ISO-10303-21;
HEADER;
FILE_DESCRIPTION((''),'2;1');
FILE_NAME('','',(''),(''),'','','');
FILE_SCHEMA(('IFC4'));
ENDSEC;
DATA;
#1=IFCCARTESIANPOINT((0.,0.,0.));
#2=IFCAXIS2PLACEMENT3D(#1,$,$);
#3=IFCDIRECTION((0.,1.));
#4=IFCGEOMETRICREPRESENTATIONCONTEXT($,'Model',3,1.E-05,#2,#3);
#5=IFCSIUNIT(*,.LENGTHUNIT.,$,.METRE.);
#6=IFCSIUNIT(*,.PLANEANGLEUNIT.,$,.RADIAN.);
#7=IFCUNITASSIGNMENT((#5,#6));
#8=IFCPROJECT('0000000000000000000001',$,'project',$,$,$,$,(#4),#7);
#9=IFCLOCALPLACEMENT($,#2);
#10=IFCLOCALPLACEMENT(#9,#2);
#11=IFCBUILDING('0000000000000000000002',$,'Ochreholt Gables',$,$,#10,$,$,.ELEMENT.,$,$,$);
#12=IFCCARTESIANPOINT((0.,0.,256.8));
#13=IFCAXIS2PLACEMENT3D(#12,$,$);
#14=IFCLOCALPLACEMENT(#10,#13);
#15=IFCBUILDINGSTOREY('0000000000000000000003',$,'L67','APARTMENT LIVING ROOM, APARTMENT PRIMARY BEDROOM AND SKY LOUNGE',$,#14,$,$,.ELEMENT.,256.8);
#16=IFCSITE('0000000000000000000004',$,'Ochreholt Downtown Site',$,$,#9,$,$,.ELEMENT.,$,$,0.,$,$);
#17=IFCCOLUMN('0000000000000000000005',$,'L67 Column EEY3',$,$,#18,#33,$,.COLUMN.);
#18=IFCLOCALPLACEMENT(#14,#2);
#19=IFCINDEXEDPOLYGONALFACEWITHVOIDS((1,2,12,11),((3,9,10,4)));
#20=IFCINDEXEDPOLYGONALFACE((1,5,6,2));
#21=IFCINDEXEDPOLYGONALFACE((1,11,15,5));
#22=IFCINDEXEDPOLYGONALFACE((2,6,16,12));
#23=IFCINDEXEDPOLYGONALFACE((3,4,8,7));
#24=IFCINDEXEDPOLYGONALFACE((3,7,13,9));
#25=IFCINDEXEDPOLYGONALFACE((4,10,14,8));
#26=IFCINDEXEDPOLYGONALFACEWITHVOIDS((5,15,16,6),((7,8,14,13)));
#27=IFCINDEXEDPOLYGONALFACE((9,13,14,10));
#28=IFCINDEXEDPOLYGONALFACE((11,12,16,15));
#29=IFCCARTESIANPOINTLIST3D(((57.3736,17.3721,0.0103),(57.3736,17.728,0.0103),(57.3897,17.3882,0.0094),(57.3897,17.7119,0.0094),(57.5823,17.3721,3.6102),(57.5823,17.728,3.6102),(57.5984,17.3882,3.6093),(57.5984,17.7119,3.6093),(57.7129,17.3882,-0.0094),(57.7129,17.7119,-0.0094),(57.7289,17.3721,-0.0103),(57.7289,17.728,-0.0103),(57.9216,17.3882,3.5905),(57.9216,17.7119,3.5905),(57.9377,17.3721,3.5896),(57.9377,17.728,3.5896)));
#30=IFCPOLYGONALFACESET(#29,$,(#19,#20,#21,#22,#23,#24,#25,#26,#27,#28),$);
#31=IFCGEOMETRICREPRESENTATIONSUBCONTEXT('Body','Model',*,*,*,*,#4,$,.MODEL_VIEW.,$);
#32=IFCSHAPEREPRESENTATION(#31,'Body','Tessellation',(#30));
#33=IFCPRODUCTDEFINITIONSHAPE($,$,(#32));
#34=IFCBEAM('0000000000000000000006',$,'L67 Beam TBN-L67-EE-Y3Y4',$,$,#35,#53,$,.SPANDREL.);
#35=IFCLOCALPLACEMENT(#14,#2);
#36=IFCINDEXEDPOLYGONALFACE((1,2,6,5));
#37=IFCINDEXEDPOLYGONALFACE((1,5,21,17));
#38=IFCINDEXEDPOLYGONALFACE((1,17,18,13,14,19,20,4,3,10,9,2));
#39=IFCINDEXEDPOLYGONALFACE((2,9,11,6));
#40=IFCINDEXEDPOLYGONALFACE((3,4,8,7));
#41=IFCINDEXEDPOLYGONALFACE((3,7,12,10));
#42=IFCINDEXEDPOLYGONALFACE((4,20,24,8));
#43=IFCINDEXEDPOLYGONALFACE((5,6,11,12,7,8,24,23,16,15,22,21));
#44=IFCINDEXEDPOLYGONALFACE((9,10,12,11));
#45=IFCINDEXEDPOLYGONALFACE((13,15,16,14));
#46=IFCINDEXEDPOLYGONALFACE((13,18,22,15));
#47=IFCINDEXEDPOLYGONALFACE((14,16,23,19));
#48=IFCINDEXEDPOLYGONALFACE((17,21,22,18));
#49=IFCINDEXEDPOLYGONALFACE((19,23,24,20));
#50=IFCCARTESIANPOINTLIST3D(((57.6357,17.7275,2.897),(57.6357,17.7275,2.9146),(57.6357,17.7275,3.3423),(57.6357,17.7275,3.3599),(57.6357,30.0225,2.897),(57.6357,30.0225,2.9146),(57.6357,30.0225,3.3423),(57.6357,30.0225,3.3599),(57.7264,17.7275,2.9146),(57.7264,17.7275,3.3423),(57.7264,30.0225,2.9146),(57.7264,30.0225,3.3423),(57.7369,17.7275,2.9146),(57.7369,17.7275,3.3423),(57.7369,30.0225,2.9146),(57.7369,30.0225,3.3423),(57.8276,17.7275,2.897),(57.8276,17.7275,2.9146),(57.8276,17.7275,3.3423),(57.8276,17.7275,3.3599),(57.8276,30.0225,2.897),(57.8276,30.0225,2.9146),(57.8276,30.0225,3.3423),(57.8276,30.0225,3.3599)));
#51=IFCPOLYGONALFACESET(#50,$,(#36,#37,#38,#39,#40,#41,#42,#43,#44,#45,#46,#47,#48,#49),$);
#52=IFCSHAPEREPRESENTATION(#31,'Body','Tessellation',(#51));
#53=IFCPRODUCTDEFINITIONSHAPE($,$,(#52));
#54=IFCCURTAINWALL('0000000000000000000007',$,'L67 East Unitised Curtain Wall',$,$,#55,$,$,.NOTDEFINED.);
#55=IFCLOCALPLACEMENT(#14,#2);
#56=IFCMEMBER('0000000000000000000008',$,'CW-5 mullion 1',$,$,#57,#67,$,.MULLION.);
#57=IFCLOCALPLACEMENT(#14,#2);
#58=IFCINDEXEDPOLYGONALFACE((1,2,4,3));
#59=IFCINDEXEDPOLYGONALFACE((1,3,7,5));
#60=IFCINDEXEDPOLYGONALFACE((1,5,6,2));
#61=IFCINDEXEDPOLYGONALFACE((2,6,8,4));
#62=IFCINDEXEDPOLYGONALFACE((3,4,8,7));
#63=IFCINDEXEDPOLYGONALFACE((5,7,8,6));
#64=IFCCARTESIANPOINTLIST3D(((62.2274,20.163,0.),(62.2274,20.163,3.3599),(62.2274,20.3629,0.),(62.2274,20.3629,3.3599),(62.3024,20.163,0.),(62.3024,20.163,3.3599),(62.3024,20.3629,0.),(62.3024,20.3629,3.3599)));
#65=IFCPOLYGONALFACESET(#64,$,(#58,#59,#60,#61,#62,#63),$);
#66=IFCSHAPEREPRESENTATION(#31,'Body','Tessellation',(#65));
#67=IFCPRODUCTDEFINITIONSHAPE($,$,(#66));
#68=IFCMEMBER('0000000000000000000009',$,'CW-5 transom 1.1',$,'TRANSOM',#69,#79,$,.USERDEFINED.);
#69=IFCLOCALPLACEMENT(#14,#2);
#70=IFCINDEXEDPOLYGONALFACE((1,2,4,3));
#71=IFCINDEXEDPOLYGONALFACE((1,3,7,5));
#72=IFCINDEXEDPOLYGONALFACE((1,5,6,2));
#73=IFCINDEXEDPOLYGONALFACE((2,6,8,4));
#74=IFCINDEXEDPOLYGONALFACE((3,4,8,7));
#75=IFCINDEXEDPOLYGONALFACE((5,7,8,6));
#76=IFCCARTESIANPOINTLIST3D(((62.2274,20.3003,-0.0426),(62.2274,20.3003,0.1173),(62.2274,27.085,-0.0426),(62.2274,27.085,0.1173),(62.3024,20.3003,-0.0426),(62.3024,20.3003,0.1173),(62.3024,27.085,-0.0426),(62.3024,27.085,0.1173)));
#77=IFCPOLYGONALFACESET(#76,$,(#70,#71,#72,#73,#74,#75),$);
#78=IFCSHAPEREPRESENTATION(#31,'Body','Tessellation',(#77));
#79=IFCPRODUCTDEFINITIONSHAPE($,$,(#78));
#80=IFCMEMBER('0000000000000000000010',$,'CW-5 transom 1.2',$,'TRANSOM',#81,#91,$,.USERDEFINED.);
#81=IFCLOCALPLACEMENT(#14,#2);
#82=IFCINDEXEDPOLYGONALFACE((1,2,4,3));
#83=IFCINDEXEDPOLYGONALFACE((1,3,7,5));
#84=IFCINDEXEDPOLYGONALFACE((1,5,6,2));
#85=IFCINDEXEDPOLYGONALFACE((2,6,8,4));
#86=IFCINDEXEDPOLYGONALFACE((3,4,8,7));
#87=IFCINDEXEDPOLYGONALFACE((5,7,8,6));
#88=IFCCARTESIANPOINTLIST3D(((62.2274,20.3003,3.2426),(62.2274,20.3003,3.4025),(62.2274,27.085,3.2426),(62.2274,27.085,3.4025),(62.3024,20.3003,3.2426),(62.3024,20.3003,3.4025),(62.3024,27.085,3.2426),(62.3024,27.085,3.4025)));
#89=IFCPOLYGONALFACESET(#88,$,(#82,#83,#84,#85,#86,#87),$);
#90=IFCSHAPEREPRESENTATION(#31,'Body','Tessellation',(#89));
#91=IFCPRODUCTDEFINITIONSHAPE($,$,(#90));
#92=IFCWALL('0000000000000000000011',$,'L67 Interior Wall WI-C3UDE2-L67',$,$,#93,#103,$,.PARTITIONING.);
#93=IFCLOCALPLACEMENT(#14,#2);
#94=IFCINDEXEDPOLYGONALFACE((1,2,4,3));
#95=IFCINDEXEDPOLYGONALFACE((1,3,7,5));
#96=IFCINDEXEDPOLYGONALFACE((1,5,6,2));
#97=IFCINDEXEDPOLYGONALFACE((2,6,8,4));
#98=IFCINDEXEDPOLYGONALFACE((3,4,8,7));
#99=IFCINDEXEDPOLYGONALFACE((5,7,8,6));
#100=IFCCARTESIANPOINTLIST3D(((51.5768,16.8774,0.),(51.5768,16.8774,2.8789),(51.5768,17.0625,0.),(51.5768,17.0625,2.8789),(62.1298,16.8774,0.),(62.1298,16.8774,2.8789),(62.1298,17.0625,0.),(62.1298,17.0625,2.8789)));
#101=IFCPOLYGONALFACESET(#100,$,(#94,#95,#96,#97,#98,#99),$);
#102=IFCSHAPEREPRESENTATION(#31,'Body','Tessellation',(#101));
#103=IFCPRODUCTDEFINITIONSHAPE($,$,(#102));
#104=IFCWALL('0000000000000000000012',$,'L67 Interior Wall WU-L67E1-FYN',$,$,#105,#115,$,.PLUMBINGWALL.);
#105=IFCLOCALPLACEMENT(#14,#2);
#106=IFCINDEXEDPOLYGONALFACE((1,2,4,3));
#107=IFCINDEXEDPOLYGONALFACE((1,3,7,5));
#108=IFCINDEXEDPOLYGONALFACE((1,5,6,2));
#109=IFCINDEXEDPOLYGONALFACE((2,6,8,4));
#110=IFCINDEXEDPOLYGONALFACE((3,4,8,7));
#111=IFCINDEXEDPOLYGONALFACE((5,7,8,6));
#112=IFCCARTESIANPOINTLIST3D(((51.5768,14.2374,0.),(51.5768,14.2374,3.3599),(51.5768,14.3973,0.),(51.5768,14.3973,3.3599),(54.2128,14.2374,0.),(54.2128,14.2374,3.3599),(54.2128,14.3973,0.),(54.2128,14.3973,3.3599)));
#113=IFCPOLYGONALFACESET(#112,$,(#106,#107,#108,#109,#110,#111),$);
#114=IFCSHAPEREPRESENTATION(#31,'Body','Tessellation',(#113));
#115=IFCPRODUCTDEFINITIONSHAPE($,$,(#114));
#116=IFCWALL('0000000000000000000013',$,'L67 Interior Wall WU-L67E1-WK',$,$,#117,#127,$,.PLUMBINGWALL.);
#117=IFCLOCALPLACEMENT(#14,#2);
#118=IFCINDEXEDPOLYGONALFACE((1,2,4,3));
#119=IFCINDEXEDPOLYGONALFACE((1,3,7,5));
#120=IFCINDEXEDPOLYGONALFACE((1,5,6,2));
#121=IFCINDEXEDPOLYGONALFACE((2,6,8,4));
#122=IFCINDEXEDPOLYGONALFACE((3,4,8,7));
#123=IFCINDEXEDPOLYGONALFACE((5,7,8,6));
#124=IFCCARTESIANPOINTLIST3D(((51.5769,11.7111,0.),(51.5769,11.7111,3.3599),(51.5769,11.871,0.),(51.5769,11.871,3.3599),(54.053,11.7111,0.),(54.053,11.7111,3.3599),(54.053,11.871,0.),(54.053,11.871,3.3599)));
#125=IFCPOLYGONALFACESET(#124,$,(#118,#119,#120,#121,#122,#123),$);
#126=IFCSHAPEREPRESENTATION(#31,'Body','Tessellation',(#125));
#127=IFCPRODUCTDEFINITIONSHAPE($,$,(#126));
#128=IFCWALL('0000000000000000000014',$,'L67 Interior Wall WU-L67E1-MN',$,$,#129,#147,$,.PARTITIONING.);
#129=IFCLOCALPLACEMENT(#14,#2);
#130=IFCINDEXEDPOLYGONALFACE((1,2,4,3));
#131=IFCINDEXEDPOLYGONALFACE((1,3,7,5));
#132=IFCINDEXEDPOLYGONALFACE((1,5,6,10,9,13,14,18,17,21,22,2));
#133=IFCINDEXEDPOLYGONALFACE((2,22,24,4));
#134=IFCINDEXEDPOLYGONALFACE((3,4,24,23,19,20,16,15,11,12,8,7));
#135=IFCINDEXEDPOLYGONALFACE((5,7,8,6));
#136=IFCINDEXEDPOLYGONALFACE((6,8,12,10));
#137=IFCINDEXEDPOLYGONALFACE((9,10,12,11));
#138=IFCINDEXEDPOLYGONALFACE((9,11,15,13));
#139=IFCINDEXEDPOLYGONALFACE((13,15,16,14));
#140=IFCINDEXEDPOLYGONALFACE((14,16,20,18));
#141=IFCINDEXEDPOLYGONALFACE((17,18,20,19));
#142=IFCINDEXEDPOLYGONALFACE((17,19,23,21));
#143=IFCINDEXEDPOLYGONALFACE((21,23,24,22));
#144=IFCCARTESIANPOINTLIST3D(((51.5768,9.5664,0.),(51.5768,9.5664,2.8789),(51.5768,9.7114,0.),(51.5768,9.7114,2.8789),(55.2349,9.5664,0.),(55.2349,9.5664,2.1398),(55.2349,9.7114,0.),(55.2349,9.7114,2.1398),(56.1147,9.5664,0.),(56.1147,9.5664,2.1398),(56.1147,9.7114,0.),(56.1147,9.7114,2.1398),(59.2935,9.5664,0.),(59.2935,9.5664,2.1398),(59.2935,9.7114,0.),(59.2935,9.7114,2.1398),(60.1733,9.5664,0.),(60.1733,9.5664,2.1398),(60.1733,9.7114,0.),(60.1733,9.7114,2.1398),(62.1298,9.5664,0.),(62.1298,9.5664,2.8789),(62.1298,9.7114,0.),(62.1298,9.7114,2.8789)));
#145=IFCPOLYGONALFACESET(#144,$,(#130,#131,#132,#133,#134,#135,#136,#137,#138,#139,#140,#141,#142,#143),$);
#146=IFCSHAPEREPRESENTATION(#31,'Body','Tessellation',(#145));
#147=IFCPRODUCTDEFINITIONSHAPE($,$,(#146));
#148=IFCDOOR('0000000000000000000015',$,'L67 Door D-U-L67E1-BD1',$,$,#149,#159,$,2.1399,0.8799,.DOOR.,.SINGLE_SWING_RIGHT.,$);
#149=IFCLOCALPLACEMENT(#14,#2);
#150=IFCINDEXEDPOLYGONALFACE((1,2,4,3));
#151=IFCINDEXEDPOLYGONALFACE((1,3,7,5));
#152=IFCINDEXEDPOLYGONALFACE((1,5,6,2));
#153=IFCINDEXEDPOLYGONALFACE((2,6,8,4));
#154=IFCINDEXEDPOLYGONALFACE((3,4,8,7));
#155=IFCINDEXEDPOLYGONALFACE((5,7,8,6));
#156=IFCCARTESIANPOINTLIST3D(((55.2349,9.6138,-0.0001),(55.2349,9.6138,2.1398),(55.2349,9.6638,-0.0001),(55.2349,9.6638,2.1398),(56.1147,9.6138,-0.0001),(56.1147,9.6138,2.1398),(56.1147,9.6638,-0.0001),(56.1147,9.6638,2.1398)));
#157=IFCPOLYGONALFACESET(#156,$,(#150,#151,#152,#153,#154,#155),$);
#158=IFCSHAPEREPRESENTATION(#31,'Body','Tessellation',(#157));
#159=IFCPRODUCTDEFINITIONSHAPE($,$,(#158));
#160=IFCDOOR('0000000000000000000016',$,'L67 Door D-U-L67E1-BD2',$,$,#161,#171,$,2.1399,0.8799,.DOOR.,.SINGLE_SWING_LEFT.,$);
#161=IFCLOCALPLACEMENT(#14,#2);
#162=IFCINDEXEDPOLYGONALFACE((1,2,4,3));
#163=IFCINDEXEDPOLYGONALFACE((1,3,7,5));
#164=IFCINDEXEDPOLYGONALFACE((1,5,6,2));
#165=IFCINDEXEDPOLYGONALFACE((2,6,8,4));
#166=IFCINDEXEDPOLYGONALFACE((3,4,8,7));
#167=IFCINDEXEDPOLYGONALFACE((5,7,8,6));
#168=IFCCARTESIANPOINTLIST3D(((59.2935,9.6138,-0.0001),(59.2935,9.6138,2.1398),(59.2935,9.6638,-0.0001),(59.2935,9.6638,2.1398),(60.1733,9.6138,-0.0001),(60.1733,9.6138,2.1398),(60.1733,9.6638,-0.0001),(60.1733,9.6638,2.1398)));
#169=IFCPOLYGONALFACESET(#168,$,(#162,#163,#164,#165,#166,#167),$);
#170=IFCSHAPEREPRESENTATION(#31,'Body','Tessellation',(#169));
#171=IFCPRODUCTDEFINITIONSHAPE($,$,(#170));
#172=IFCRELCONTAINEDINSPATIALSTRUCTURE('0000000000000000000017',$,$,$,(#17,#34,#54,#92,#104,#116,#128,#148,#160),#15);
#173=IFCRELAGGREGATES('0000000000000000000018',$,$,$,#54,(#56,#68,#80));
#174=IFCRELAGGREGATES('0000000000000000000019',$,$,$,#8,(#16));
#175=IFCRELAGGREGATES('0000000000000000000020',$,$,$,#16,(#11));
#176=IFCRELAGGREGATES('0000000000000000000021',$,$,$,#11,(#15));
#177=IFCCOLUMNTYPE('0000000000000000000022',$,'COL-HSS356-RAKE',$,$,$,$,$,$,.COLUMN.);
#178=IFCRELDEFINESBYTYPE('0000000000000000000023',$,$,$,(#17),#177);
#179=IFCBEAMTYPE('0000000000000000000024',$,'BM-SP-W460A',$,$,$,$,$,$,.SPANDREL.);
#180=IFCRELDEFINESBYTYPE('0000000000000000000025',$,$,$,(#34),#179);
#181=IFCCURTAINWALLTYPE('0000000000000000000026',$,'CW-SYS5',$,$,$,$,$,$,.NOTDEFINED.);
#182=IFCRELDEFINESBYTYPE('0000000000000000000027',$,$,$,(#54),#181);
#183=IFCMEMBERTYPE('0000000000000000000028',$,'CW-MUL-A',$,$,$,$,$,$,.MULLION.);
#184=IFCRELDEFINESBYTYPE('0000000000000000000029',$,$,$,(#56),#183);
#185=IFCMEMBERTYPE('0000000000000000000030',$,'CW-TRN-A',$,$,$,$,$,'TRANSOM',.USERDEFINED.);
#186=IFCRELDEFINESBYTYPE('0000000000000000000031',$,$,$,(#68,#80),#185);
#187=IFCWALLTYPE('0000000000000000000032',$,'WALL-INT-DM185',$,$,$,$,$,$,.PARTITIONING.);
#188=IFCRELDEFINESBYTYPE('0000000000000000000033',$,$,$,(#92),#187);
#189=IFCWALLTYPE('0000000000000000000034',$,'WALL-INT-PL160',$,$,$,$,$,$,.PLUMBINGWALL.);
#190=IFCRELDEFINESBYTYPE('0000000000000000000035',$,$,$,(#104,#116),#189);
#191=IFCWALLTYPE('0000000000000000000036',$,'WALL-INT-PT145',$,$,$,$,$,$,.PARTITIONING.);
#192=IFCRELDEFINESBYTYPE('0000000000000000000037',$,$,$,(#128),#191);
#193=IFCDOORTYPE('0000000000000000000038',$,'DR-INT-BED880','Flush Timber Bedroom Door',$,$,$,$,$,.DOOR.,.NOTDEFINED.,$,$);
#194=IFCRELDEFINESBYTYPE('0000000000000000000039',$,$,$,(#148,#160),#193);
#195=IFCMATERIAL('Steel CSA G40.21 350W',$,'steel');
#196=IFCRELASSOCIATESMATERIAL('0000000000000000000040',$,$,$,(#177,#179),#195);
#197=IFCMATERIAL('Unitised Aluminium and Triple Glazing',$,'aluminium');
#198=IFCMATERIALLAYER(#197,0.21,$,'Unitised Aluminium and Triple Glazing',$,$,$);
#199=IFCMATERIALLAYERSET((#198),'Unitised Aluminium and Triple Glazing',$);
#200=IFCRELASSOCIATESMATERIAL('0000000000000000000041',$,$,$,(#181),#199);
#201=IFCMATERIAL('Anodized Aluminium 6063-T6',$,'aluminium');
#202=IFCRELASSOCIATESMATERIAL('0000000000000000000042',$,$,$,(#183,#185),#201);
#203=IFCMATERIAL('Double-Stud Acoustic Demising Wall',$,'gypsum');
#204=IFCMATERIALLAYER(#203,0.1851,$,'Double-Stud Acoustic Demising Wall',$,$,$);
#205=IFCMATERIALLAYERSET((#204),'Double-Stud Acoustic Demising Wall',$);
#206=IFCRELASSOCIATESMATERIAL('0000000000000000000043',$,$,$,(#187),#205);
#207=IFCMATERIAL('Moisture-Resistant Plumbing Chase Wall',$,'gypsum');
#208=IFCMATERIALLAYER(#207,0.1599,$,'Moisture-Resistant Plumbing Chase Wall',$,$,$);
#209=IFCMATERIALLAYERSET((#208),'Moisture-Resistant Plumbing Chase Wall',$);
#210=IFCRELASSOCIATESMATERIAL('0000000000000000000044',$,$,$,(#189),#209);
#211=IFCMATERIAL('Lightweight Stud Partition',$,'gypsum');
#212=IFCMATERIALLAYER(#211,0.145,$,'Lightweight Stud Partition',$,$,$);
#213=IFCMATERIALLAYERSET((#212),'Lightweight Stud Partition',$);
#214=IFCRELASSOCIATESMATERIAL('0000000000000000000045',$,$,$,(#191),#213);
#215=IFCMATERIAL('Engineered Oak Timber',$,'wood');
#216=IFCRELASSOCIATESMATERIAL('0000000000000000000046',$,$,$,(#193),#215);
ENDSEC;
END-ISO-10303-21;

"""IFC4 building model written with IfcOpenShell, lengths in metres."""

from ifc_helpers import new_model, si_unit, direction, frame, frame_2d, origin, origin_2d, place, context, subcontext, project, spatial, rectangle, hollow_rectangle, i_section, extrude, material, layer, layer_set, material_profile, profile_set, type_object, element, fill, aggregate, save


model = new_model("IFC4")

# Units and contexts
model_context = context("Model", 3, precision=1e-05, world=origin(), true_north=direction((0.0, 1.0)))
body_context = subcontext(model_context, "Body", "Model", "MODEL_VIEW")
ifc_project = project(units=[si_unit("LENGTHUNIT", "METRE"), si_unit("PLANEANGLEUNIT", "RADIAN")], contexts=[model_context])

# Site, building, storey
site_placement = place(None, origin())
site = spatial("IfcSite", under=ifc_project, at=site_placement, Name="Ochreholt Downtown Site", CompositionType="ELEMENT", RefElevation=0.0)
building_placement = place(site_placement, origin())
building = spatial("IfcBuilding", under=site, at=building_placement, Name="Ochreholt Gables", CompositionType="ELEMENT")
storey_placement = place(building_placement, frame((0.0, 0.0, 256.8)))
storey = spatial("IfcBuildingStorey", under=building, at=storey_placement, Name="L67", Description="APARTMENT LIVING ROOM, APARTMENT PRIMARY BEDROOM AND SKY LOUNGE", CompositionType="ELEMENT", Elevation=256.8)

# Column
ifc_material_1 = material(Name="Steel CSA G40.21 350W", Category="steel")
ifc_material_profile_1 = material_profile(ifc_material_1, hollow_rectangle(XDim=0.356, YDim=0.356, WallThickness=0.0161, at=origin_2d()), Name="HSS356X356X16")
ifc_profile_set_1 = profile_set([ifc_material_profile_1], Name="Steel CSA G40.21 350W")
column_type = type_object("IfcColumnType", Name="COL-HSS356-RAKE", PredefinedType="COLUMN", material=ifc_profile_set_1)
column_placement = place(storey_placement, frame((57.5513, 17.55, 0.0), z_axis=(0.057889, 0.0, 0.998323), x_axis=(0.0, 1.0, 0.0)))
element("IfcColumn", 1, at=column_placement, inside=storey, type_object=column_type, Name="L67 Column EEY3", PredefinedType="COLUMN", context=body_context, shape_type="SweptSolid", body=[
    extrude(hollow_rectangle(XDim=0.356, YDim=0.356, WallThickness=0.0161, at=origin_2d()), origin(), (0.0, 0.0, 1.0), 3.606),
])

# Beam
ifc_material_profile_2 = material_profile(ifc_material_1, i_section(OverallWidth=0.1919, OverallDepth=0.4629, WebThickness=0.0105, FlangeThickness=0.0176, at=origin_2d()), Name="W460X89")
ifc_profile_set_2 = profile_set([ifc_material_profile_2], Name="Steel CSA G40.21 350W")
beam_type = type_object("IfcBeamType", Name="BM-SP-W460A", PredefinedType="SPANDREL", material=ifc_profile_set_2)
beam_placement = place(storey_placement, frame((57.7317, 17.7275, 3.1284), z_axis=(0.0, 1.0, 0.0), x_axis=(-1.0, 0.0, 0.0)))
element("IfcBeam", 2, at=beam_placement, inside=storey, type_object=beam_type, Name="L67 Beam TBN-L67-EE-Y3Y4", PredefinedType="SPANDREL", context=body_context, shape_type="SweptSolid", body=[
    extrude(i_section(OverallWidth=0.1919, OverallDepth=0.4629, WebThickness=0.0105, FlangeThickness=0.0176, at=origin_2d()), origin(), (0.0, 0.0, 1.0), 12.2949),
])

# Curtain wall, members
ifc_material_2 = material(Name="Unitised Aluminium and Triple Glazing", Category="aluminium")
ifc_layer_1 = layer(ifc_material_2, 0.21, Name="Unitised Aluminium and Triple Glazing")
ifc_layer_set_1 = layer_set([ifc_layer_1], Name="Unitised Aluminium and Triple Glazing")
curtain_wall_type = type_object("IfcCurtainWallType", Name="CW-SYS5", PredefinedType="NOTDEFINED", material=ifc_layer_set_1)
curtain_wall_placement = place(storey_placement, origin())
curtain_wall = element("IfcCurtainWall", 3, at=curtain_wall_placement, inside=storey, type_object=curtain_wall_type, Name="L67 East Unitised Curtain Wall", PredefinedType="NOTDEFINED")
ifc_material_3 = material(Name="Anodized Aluminium 6063-T6", Category="aluminium")
ifc_material_profile_3 = material_profile(ifc_material_3, rectangle(XDim=0.075, YDim=0.2, at=origin_2d()), Name="CWM75X200")
ifc_profile_set_3 = profile_set([ifc_material_profile_3], Name="Anodized Aluminium 6063-T6")
member_type_1 = type_object("IfcMemberType", Name="CW-MUL-A", PredefinedType="MULLION", material=ifc_profile_set_3)
member_1_placement = place(storey_placement, frame((62.2649, 20.2629, 0.0), z_axis=(0.0, 0.0, 1.0), x_axis=(-1.0, 0.0, 0.0)))
member_1 = element("IfcMember", 4, at=member_1_placement, type_object=member_type_1, Name="CW-5 mullion 1", PredefinedType="MULLION", context=body_context, shape_type="SweptSolid", body=[
    extrude(rectangle(XDim=0.075, YDim=0.2, at=origin_2d()), origin(), (0.0, 0.0, 1.0), 3.3599),
])
ifc_material_profile_4 = material_profile(ifc_material_3, rectangle(XDim=0.075, YDim=0.1599, at=origin_2d()), Name="CWT75X160")
ifc_profile_set_4 = profile_set([ifc_material_profile_4], Name="Anodized Aluminium 6063-T6")
member_type_2 = type_object("IfcMemberType", Name="CW-TRN-A", ElementType="TRANSOM", PredefinedType="USERDEFINED", material=ifc_profile_set_4)
member_2_placement = place(storey_placement, frame((62.2649, 20.3003, 0.0374), z_axis=(0.0, 1.0, 0.0), x_axis=(-1.0, 0.0, 0.0)))
member_2 = element("IfcMember", 5, at=member_2_placement, type_object=member_type_2, Name="CW-5 transom 1.1", ObjectType="TRANSOM", PredefinedType="USERDEFINED", context=body_context, shape_type="SweptSolid", body=[
    extrude(rectangle(XDim=0.075, YDim=0.1599, at=origin_2d()), origin(), (0.0, 0.0, 1.0), 6.7847),
])
member_3_placement = place(storey_placement, frame((62.2649, 20.3003, 3.3225), z_axis=(0.0, 1.0, 0.0), x_axis=(-1.0, 0.0, 0.0)))
member_3 = element("IfcMember", 6, at=member_3_placement, type_object=member_type_2, Name="CW-5 transom 1.2", ObjectType="TRANSOM", PredefinedType="USERDEFINED", context=body_context, shape_type="SweptSolid", body=[
    extrude(rectangle(XDim=0.075, YDim=0.1599, at=origin_2d()), origin(), (0.0, 0.0, 1.0), 6.7847),
])
aggregate(curtain_wall, [member_1, member_2, member_3])

# Walls
ifc_material_4 = material(Name="Double-Stud Acoustic Demising Wall", Category="gypsum")
ifc_layer_2 = layer(ifc_material_4, 0.1851, Name="Double-Stud Acoustic Demising Wall")
ifc_layer_set_2 = layer_set([ifc_layer_2], Name="Double-Stud Acoustic Demising Wall")
wall_type_1 = type_object("IfcWallType", Name="WALL-INT-DM185", PredefinedType="PARTITIONING", material=ifc_layer_set_2)
wall_1_placement = place(storey_placement, frame((51.5769, 16.97, 0.0), z_axis=(0.0, 0.0, 1.0), x_axis=(1.0, 0.0, 0.0)))
element("IfcWall", 7, at=wall_1_placement, inside=storey, type_object=wall_type_1, Name="L67 Interior Wall WI-C3UDE2-L67", PredefinedType="PARTITIONING", context=body_context, shape_type="SweptSolid", body=[
    extrude(rectangle(XDim=10.553, YDim=0.1851, at=frame_2d((5.2764, 0.0))), origin(), (0.0, 0.0, 1.0), 2.8789),
])
ifc_material_5 = material(Name="Moisture-Resistant Plumbing Chase Wall", Category="gypsum")
ifc_layer_3 = layer(ifc_material_5, 0.1599, Name="Moisture-Resistant Plumbing Chase Wall")
ifc_layer_set_3 = layer_set([ifc_layer_3], Name="Moisture-Resistant Plumbing Chase Wall")
wall_type_2 = type_object("IfcWallType", Name="WALL-INT-PL160", PredefinedType="PLUMBINGWALL", material=ifc_layer_set_3)
wall_2_placement = place(storey_placement, frame((51.5769, 14.3174, 0.0), z_axis=(0.0, 0.0, 1.0), x_axis=(1.0, 0.0, 0.0)))
element("IfcWall", 8, at=wall_2_placement, inside=storey, type_object=wall_type_2, Name="L67 Interior Wall WU-L67E1-FYN", PredefinedType="PLUMBINGWALL", context=body_context, shape_type="SweptSolid", body=[
    extrude(rectangle(XDim=2.636, YDim=0.1599, at=frame_2d((1.3179, 0.0))), origin(), (0.0, 0.0, 1.0), 3.3599),
])
wall_3_placement = place(storey_placement, frame((51.5769, 11.791, 0.0), z_axis=(0.0, 0.0, 1.0), x_axis=(1.0, 0.0, 0.0)))
element("IfcWall", 9, at=wall_3_placement, inside=storey, type_object=wall_type_2, Name="L67 Interior Wall WU-L67E1-WK", PredefinedType="PLUMBINGWALL", context=body_context, shape_type="SweptSolid", body=[
    extrude(rectangle(XDim=2.4761, YDim=0.1599, at=frame_2d((1.238, 0.0))), origin(), (0.0, 0.0, 1.0), 3.3599),
])

# Wall, openings, doors
ifc_material_6 = material(Name="Engineered Oak Timber", Category="wood")
ifc_material_7 = material(Name="Lightweight Stud Partition", Category="gypsum")
ifc_layer_4 = layer(ifc_material_7, 0.145, Name="Lightweight Stud Partition")
ifc_layer_set_4 = layer_set([ifc_layer_4], Name="Lightweight Stud Partition")
wall_type_3 = type_object("IfcWallType", Name="WALL-INT-PT145", PredefinedType="PARTITIONING", material=ifc_layer_set_4)
wall_4_placement = place(storey_placement, frame((51.5769, 9.6389, 0.0), z_axis=(0.0, 0.0, 1.0), x_axis=(1.0, 0.0, 0.0)))
wall_4 = element("IfcWall", 10, at=wall_4_placement, inside=storey, type_object=wall_type_3, Name="L67 Interior Wall WU-L67E1-MN", PredefinedType="PARTITIONING", context=body_context, shape_type="SweptSolid", body=[
    extrude(rectangle(XDim=10.553, YDim=0.145, at=frame_2d((5.2764, 0.0))), origin(), (0.0, 0.0, 1.0), 2.8789),
])
opening_1_placement = place(wall_4_placement, frame((3.658, 0.0, 0.0)))
opening_1 = element("IfcOpeningElement", 11, at=opening_1_placement, cuts=wall_4, PredefinedType="OPENING", context=body_context, shape_type="SweptSolid", body=[
    extrude(rectangle(XDim=0.8799, YDim=2.1399, at=frame_2d((0.4399, 1.0698))), frame((0.0, 0.0825, 0.0), z_axis=(0.0, -1.0, 0.0), x_axis=(1.0, 0.0, 0.0)), (0.0, 0.0, 1.0), 0.165),
])
opening_2_placement = place(wall_4_placement, frame((7.7166, 0.0, 0.0)))
opening_2 = element("IfcOpeningElement", 12, at=opening_2_placement, cuts=wall_4, PredefinedType="OPENING", context=body_context, shape_type="SweptSolid", body=[
    extrude(rectangle(XDim=0.8799, YDim=2.1399, at=frame_2d((0.4399, 1.0698))), frame((0.0, 0.0825, 0.0), z_axis=(0.0, -1.0, 0.0), x_axis=(1.0, 0.0, 0.0)), (0.0, 0.0, 1.0), 0.165),
])
door_type_1 = type_object("IfcDoorType", Name="DR-INT-BED880", Description="Flush Timber Bedroom Door", OperationType="NOTDEFINED", PredefinedType="DOOR", material=ifc_material_6)
door_1_placement = place(opening_1_placement, origin())
door_1 = element("IfcDoor", 13, at=door_1_placement, inside=storey, type_object=door_type_1, Name="L67 Door D-U-L67E1-BD1", OperationType="SINGLE_SWING_RIGHT", OverallHeight=2.1399, OverallWidth=0.8799, PredefinedType="DOOR", context=body_context, shape_type="SweptSolid", body=[
    extrude(rectangle(XDim=0.8799, YDim=2.1399, at=frame_2d((0.4399, 1.0698))), frame((0.0, 0.0249, 0.0), z_axis=(0.0, -1.0, 0.0), x_axis=(1.0, 0.0, 0.0)), (0.0, 0.0, 1.0), 0.05),
])
fill(opening_1, door_1)
door_2_placement = place(opening_2_placement, origin())
door_2 = element("IfcDoor", 14, at=door_2_placement, inside=storey, type_object=door_type_1, Name="L67 Door D-U-L67E1-BD2", OperationType="SINGLE_SWING_LEFT", OverallHeight=2.1399, OverallWidth=0.8799, PredefinedType="DOOR", context=body_context, shape_type="SweptSolid", body=[
    extrude(rectangle(XDim=0.8799, YDim=2.1399, at=frame_2d((0.4399, 1.0698))), frame((0.0, 0.0249, 0.0), z_axis=(0.0, -1.0, 0.0), x_axis=(1.0, 0.0, 0.0)), (0.0, 0.0, 1.0), 0.05),
])
fill(opening_2, door_2)

save(model, "model.ifc")
